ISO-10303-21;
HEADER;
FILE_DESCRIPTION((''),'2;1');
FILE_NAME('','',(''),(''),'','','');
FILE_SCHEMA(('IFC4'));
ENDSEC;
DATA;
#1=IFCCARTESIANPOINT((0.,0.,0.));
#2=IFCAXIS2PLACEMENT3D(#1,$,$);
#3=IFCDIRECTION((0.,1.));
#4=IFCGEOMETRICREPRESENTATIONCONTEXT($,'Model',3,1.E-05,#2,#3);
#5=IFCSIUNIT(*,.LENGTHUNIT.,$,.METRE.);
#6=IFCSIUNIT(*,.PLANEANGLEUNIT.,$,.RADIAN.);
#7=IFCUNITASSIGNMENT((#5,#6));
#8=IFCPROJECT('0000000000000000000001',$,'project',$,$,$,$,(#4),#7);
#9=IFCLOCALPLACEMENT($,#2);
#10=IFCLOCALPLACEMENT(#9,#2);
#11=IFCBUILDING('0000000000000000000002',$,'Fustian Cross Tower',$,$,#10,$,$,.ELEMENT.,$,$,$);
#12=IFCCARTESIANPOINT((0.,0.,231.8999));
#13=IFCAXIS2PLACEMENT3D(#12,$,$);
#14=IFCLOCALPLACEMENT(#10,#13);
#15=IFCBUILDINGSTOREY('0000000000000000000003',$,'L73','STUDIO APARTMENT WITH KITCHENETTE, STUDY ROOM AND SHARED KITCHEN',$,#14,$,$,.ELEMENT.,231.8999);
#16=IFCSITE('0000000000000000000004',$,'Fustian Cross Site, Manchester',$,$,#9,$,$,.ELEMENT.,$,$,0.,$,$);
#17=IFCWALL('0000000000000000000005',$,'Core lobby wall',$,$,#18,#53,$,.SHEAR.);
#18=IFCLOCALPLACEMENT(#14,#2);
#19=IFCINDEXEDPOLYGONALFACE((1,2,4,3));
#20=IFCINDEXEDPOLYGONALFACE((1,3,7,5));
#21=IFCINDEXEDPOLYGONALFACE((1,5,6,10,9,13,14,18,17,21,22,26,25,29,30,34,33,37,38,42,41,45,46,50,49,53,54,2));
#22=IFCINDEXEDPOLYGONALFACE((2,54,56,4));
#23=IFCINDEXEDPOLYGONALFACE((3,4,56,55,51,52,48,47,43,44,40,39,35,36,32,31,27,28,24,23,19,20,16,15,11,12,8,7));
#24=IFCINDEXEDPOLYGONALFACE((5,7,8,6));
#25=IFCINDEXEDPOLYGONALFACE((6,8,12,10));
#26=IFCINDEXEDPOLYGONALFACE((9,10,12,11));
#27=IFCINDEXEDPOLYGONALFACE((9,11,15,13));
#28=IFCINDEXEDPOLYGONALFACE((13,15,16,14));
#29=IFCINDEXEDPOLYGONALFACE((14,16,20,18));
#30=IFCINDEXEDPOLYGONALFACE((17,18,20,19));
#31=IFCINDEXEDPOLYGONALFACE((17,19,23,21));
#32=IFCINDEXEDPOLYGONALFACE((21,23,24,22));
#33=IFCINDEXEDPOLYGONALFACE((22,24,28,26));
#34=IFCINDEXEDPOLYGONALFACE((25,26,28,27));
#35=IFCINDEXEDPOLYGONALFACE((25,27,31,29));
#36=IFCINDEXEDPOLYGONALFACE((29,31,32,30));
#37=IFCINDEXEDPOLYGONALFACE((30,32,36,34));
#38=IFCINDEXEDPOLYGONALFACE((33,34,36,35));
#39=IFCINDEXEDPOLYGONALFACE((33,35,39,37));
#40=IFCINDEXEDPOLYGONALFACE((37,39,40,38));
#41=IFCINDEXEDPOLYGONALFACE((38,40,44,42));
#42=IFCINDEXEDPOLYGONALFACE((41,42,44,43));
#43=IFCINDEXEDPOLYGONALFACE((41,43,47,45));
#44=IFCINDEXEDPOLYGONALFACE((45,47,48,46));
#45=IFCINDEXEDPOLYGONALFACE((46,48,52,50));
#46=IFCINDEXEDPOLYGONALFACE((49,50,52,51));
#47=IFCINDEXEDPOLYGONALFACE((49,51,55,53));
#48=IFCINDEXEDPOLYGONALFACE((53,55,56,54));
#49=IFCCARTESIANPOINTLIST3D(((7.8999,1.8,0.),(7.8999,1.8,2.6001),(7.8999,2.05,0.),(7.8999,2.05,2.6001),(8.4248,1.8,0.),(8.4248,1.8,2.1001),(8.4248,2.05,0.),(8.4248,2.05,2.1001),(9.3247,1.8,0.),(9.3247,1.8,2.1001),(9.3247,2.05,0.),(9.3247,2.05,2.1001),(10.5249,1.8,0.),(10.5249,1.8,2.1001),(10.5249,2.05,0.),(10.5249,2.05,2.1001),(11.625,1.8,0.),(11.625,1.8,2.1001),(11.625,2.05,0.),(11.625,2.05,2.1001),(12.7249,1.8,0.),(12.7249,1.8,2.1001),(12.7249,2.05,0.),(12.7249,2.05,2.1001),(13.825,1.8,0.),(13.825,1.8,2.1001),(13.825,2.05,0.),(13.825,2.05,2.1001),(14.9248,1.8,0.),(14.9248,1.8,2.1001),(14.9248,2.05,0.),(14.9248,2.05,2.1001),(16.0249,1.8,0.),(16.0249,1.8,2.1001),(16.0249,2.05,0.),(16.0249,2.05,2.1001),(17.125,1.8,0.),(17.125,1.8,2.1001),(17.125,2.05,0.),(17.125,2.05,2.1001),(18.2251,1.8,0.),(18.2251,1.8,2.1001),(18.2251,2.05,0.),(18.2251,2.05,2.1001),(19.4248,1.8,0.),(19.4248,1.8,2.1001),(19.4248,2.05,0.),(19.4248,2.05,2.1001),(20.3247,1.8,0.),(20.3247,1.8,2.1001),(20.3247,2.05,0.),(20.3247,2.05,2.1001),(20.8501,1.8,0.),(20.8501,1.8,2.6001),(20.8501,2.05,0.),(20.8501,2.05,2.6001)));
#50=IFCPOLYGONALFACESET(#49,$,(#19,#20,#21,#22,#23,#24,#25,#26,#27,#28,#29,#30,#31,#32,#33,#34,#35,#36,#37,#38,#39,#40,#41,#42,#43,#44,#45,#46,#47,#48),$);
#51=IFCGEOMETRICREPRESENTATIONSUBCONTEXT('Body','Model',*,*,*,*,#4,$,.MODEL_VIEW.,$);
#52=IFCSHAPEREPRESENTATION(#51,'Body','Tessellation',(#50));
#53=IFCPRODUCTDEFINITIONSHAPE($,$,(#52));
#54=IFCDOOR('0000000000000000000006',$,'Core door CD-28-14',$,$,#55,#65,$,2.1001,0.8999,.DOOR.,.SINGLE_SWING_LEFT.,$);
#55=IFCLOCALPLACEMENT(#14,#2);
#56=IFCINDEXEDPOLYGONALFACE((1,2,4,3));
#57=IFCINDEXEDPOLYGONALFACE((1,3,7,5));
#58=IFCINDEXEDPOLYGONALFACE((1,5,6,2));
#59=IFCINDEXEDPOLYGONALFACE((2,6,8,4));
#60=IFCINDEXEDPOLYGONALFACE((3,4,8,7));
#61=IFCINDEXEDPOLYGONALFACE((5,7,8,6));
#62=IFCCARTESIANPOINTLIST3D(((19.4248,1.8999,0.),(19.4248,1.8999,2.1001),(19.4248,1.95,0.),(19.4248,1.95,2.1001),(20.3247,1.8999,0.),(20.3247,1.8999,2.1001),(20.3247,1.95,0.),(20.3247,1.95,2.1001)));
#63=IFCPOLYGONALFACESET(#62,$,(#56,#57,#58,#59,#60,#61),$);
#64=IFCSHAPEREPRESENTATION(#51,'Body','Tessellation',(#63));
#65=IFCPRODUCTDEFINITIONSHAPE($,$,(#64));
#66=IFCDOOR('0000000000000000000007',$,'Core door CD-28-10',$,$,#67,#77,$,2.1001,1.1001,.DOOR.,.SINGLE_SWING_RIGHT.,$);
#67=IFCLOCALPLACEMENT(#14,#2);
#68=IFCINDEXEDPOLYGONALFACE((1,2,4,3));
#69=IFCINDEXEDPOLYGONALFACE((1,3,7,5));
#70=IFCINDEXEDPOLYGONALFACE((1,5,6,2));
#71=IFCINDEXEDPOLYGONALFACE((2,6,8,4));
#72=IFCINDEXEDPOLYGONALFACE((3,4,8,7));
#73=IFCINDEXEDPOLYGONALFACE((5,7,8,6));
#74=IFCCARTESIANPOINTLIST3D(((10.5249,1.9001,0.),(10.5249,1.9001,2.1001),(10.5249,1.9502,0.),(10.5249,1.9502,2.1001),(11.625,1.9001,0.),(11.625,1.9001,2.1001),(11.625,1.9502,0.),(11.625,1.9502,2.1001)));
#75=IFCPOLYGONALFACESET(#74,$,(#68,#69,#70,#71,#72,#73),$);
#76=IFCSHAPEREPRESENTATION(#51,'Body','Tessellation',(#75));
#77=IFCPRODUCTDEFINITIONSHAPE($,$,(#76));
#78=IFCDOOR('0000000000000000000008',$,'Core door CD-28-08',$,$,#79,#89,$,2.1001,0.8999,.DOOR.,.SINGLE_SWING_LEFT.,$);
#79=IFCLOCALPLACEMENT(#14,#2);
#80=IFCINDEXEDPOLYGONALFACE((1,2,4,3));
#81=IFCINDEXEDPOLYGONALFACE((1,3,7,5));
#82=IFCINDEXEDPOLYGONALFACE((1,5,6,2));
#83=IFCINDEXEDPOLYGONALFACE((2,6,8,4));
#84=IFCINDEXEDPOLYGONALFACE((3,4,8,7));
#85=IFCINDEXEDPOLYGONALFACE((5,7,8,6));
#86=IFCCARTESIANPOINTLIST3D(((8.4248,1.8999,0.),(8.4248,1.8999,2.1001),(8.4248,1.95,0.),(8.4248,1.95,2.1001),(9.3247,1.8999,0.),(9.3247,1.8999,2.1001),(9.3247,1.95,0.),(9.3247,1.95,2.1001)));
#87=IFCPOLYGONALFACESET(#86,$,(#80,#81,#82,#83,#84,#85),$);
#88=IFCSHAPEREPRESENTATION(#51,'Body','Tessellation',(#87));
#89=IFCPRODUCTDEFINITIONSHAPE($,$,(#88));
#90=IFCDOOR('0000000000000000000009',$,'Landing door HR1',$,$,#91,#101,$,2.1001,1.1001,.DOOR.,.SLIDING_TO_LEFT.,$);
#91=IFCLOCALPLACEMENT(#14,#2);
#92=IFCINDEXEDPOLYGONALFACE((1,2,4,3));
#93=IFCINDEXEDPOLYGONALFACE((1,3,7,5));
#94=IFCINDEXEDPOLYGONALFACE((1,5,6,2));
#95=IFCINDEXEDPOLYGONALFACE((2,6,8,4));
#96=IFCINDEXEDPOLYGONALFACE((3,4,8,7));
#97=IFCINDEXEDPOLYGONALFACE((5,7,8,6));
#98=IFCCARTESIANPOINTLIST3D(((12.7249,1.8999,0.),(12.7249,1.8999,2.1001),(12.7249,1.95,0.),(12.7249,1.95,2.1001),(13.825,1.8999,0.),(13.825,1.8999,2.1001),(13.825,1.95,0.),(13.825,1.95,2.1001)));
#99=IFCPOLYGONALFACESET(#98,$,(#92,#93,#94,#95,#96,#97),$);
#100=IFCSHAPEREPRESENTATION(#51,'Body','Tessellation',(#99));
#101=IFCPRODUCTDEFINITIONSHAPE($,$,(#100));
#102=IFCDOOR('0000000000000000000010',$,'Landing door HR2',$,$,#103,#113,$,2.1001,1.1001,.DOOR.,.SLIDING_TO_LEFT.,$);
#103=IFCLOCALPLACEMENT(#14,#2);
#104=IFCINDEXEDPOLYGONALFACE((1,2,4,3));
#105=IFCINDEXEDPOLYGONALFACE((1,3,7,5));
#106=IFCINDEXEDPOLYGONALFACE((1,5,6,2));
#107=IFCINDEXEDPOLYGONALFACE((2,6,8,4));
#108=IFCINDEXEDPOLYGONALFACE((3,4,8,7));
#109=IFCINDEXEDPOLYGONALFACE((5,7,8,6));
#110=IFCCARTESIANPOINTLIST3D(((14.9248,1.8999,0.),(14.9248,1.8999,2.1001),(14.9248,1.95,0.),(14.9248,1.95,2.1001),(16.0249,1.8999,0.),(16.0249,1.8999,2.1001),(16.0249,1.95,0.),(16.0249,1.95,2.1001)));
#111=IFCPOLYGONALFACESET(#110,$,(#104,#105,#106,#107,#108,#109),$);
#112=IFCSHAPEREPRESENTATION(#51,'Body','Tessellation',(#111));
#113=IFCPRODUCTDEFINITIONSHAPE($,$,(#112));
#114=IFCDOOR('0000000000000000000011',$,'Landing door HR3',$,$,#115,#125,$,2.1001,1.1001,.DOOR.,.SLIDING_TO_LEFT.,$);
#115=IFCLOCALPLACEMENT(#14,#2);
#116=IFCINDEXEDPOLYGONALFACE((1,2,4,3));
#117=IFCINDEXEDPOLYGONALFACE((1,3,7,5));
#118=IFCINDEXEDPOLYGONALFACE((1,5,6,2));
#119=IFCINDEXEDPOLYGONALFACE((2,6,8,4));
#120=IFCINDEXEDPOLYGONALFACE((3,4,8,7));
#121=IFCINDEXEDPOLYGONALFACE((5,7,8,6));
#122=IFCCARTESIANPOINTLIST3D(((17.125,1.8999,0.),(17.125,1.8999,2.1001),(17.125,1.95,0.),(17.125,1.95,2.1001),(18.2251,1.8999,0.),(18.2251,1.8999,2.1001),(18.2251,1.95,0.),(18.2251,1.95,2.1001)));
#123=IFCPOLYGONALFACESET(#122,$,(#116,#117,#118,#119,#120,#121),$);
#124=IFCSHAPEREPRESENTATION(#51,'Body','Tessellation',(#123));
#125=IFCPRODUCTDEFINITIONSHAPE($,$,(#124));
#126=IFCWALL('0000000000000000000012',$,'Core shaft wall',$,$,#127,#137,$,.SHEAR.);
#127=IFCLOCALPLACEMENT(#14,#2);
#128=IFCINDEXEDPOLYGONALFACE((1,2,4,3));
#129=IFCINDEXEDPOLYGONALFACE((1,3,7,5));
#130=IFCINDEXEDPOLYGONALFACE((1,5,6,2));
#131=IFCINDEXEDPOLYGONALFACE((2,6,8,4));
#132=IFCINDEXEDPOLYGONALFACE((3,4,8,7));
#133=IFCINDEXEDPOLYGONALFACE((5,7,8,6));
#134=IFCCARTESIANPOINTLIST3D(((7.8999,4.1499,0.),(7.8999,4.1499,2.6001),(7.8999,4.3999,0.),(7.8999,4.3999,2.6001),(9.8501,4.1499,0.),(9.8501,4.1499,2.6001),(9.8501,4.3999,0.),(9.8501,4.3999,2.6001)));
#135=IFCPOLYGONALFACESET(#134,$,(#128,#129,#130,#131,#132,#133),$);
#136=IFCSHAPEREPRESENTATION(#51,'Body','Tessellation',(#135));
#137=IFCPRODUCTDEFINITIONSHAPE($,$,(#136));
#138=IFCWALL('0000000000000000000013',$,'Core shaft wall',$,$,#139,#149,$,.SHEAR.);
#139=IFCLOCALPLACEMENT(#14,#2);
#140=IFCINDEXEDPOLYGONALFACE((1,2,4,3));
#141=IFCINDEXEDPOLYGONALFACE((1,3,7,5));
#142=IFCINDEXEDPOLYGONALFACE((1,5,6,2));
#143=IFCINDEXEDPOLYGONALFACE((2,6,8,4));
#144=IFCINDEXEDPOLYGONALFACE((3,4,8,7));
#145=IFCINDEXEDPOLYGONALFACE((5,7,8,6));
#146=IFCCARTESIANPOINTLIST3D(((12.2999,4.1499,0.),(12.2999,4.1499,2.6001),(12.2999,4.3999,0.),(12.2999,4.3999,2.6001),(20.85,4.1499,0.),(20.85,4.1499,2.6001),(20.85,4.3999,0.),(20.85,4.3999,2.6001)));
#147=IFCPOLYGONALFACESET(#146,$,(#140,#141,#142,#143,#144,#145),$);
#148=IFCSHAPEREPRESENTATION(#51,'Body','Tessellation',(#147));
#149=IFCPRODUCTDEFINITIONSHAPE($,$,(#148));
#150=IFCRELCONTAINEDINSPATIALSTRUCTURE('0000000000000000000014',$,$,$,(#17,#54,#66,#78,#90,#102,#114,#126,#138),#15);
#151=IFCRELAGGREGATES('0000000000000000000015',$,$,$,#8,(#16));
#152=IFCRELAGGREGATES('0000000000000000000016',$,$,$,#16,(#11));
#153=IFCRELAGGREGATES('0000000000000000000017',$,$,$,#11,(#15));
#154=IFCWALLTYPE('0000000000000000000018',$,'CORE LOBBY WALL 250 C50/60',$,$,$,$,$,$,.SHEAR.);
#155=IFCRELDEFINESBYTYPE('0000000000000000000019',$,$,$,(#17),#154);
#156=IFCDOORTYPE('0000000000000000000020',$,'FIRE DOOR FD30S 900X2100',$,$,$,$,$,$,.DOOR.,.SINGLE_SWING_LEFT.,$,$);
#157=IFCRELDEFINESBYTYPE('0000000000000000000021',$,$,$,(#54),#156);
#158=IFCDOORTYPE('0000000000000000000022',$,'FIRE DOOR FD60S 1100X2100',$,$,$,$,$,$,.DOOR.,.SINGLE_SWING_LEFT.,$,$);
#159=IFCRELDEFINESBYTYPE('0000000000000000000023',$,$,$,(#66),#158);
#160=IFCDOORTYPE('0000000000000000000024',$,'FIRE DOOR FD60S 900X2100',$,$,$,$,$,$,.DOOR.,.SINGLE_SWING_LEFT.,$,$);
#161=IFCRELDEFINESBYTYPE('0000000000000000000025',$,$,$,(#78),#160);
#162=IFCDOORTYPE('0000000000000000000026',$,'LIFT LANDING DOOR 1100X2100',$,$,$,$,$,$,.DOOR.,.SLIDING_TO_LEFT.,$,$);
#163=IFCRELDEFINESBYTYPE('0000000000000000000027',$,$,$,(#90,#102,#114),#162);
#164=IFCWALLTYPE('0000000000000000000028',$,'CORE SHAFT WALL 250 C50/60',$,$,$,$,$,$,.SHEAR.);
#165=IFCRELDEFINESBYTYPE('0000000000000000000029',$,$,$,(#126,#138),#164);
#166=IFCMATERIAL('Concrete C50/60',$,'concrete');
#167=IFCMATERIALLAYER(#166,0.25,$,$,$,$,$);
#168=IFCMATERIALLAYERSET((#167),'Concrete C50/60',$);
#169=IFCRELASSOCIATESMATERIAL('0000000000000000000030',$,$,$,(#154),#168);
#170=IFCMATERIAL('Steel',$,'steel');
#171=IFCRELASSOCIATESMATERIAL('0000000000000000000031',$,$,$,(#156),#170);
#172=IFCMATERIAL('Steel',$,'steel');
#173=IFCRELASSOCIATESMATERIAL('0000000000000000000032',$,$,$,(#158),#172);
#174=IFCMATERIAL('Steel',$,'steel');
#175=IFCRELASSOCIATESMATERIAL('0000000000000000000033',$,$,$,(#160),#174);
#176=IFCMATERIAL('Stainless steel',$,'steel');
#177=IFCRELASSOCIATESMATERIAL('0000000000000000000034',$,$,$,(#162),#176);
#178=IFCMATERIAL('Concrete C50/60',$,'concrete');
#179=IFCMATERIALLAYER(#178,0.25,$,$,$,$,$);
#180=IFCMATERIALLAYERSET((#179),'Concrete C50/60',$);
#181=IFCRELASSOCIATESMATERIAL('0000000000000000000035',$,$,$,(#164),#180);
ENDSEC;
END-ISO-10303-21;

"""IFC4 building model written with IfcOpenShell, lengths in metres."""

from ifc_helpers import new_model, si_unit, direction, frame, frame_2d, origin, place, context, subcontext, project, spatial, rectangle, extrude, material, layer, layer_set, type_object, element, fill, save


model = new_model("IFC4")

# Units and contexts
model_context = context("Model", 3, precision=1e-05, world=origin(), true_north=direction((0.0, 1.0)))
body_context = subcontext(model_context, "Body", "Model", "MODEL_VIEW")
ifc_project = project(units=[si_unit("LENGTHUNIT", "METRE"), si_unit("PLANEANGLEUNIT", "RADIAN")], contexts=[model_context])

# Site, building, storey
site_placement = place(None, origin())
site = spatial("IfcSite", under=ifc_project, at=site_placement, Name="Fustian Cross Site, Manchester", CompositionType="ELEMENT", RefElevation=0.0)
building_placement = place(site_placement, origin())
building = spatial("IfcBuilding", under=site, at=building_placement, Name="Fustian Cross Tower", CompositionType="ELEMENT")
storey_placement = place(building_placement, frame((0.0, 0.0, 231.8999)))
storey = spatial("IfcBuildingStorey", under=building, at=storey_placement, Name="L73", Description="STUDIO APARTMENT WITH KITCHENETTE, STUDY ROOM AND SHARED KITCHEN", CompositionType="ELEMENT", Elevation=231.8999)

# Wall, openings, doors
ifc_material_1 = material(Name="Concrete C50/60", Category="concrete")
ifc_layer_1 = layer(ifc_material_1, 0.25)
ifc_layer_set_1 = layer_set([ifc_layer_1], Name="Concrete C50/60")
wall_type_1 = type_object("IfcWallType", Name="CORE LOBBY WALL 250 C50/60", PredefinedType="SHEAR", material=ifc_layer_set_1)
wall_1_placement = place(storey_placement, frame((7.8999, 1.925, 0.0), z_axis=(0.0, 0.0, 1.0), x_axis=(1.0, 0.0, 0.0)))
wall_1 = element("IfcWall", 1, at=wall_1_placement, inside=storey, type_object=wall_type_1, Name="Core lobby wall", PredefinedType="SHEAR", context=body_context, shape_type="SweptSolid", body=[
    extrude(rectangle(XDim=12.9502, YDim=0.25, at=frame_2d((6.4751, 0.0))), origin(), (0.0, 0.0, 1.0), 2.6001),
])
opening_1_placement = place(wall_1_placement, frame((4.825, 0.0, 0.0)))
opening_1 = element("IfcOpeningElement", 2, at=opening_1_placement, cuts=wall_1, PredefinedType="OPENING", context=body_context, shape_type="SweptSolid", body=[
    extrude(rectangle(XDim=1.1001, YDim=2.1001, at=frame_2d((0.55, 1.05))), frame((0.0, 0.135, 0.0), z_axis=(0.0, -1.0, 0.0), x_axis=(1.0, 0.0, 0.0)), (0.0, 0.0, 1.0), 0.27),
])
opening_2_placement = place(wall_1_placement, frame((7.0249, 0.0, 0.0)))
opening_2 = element("IfcOpeningElement", 3, at=opening_2_placement, cuts=wall_1, PredefinedType="OPENING", context=body_context, shape_type="SweptSolid", body=[
    extrude(rectangle(XDim=1.1001, YDim=2.1001, at=frame_2d((0.55, 1.05))), frame((0.0, 0.135, 0.0), z_axis=(0.0, -1.0, 0.0), x_axis=(1.0, 0.0, 0.0)), (0.0, 0.0, 1.0), 0.27),
])
opening_3_placement = place(wall_1_placement, frame((9.2251, 0.0, 0.0)))
opening_3 = element("IfcOpeningElement", 4, at=opening_3_placement, cuts=wall_1, PredefinedType="OPENING", context=body_context, shape_type="SweptSolid", body=[
    extrude(rectangle(XDim=1.1001, YDim=2.1001, at=frame_2d((0.55, 1.05))), frame((0.0, 0.135, 0.0), z_axis=(0.0, -1.0, 0.0), x_axis=(1.0, 0.0, 0.0)), (0.0, 0.0, 1.0), 0.27),
])
opening_4_placement = place(wall_1_placement, frame((0.5249, 0.0, 0.0)))
opening_4 = element("IfcOpeningElement", 5, at=opening_4_placement, cuts=wall_1, PredefinedType="OPENING", context=body_context, shape_type="SweptSolid", body=[
    extrude(rectangle(XDim=0.8999, YDim=2.1001, at=frame_2d((0.45, 1.05))), frame((0.0, 0.135, 0.0), z_axis=(0.0, -1.0, 0.0), x_axis=(1.0, 0.0, 0.0)), (0.0, 0.0, 1.0), 0.27),
])
opening_5_placement = place(wall_1_placement, frame((2.625, 0.0, 0.0)))
opening_5 = element("IfcOpeningElement", 6, at=opening_5_placement, cuts=wall_1, PredefinedType="OPENING", context=body_context, shape_type="SweptSolid", body=[
    extrude(rectangle(XDim=1.1001, YDim=2.1001, at=frame_2d((0.55, 1.05))), frame((0.0, 0.135, 0.0), z_axis=(0.0, -1.0, 0.0), x_axis=(1.0, 0.0, 0.0)), (0.0, 0.0, 1.0), 0.27),
])
opening_6_placement = place(wall_1_placement, frame((11.5249, 0.0, 0.0)))
opening_6 = element("IfcOpeningElement", 7, at=opening_6_placement, cuts=wall_1, PredefinedType="OPENING", context=body_context, shape_type="SweptSolid", body=[
    extrude(rectangle(XDim=0.8999, YDim=2.1001, at=frame_2d((0.45, 1.05))), frame((0.0, 0.135, 0.0), z_axis=(0.0, -1.0, 0.0), x_axis=(1.0, 0.0, 0.0)), (0.0, 0.0, 1.0), 0.27),
])
ifc_material_2 = material(Name="Steel", Category="steel")
door_type_1 = type_object("IfcDoorType", Name="FIRE DOOR FD30S 900X2100", OperationType="SINGLE_SWING_LEFT", PredefinedType="DOOR", material=ifc_material_2)
door_1_placement = place(opening_6_placement, origin())
door_1 = element("IfcDoor", 8, at=door_1_placement, inside=storey, type_object=door_type_1, Name="Core door CD-28-14", OperationType="SINGLE_SWING_LEFT", OverallHeight=2.1001, OverallWidth=0.8999, PredefinedType="DOOR", context=body_context, shape_type="SweptSolid", body=[
    extrude(rectangle(XDim=0.8999, YDim=2.1001, at=frame_2d((0.45, 1.05))), frame((0.0, 0.0249, 0.0), z_axis=(0.0, -1.0, 0.0), x_axis=(1.0, 0.0, 0.0)), (0.0, 0.0, 1.0), 0.05),
])
fill(opening_6, door_1)
ifc_material_3 = material(Name="Steel", Category="steel")
door_type_2 = type_object("IfcDoorType", Name="FIRE DOOR FD60S 1100X2100", OperationType="SINGLE_SWING_LEFT", PredefinedType="DOOR", material=ifc_material_3)
door_2_placement = place(opening_5_placement, frame((1.1001, 0.0, 0.0), z_axis=(0.0, 0.0, 1.0), x_axis=(-1.0, 0.0, 0.0)))
door_2 = element("IfcDoor", 9, at=door_2_placement, inside=storey, type_object=door_type_2, Name="Core door CD-28-10", OperationType="SINGLE_SWING_RIGHT", OverallHeight=2.1001, OverallWidth=1.1001, PredefinedType="DOOR", context=body_context, shape_type="SweptSolid", body=[
    extrude(rectangle(XDim=1.1001, YDim=2.1001, at=frame_2d((0.55, 1.05))), frame((0.0, 0.0249, 0.0), z_axis=(0.0, -1.0, 0.0), x_axis=(1.0, 0.0, 0.0)), (0.0, 0.0, 1.0), 0.05),
])
fill(opening_5, door_2)
ifc_material_4 = material(Name="Steel", Category="steel")
door_type_3 = type_object("IfcDoorType", Name="FIRE DOOR FD60S 900X2100", OperationType="SINGLE_SWING_LEFT", PredefinedType="DOOR", material=ifc_material_4)
door_3_placement = place(opening_4_placement, origin())
door_3 = element("IfcDoor", 10, at=door_3_placement, inside=storey, type_object=door_type_3, Name="Core door CD-28-08", OperationType="SINGLE_SWING_LEFT", OverallHeight=2.1001, OverallWidth=0.8999, PredefinedType="DOOR", context=body_context, shape_type="SweptSolid", body=[
    extrude(rectangle(XDim=0.8999, YDim=2.1001, at=frame_2d((0.45, 1.05))), frame((0.0, 0.0249, 0.0), z_axis=(0.0, -1.0, 0.0), x_axis=(1.0, 0.0, 0.0)), (0.0, 0.0, 1.0), 0.05),
])
fill(opening_4, door_3)
ifc_material_5 = material(Name="Stainless steel", Category="steel")
door_type_4 = type_object("IfcDoorType", Name="LIFT LANDING DOOR 1100X2100", OperationType="SLIDING_TO_LEFT", PredefinedType="DOOR", material=ifc_material_5)
door_4_placement = place(opening_1_placement, origin())
door_4 = element("IfcDoor", 11, at=door_4_placement, inside=storey, type_object=door_type_4, Name="Landing door HR1", OperationType="SLIDING_TO_LEFT", OverallHeight=2.1001, OverallWidth=1.1001, PredefinedType="DOOR", context=body_context, shape_type="SweptSolid", body=[
    extrude(rectangle(XDim=1.1001, YDim=2.1001, at=frame_2d((0.55, 1.05))), frame((0.0, 0.0249, 0.0), z_axis=(0.0, -1.0, 0.0), x_axis=(1.0, 0.0, 0.0)), (0.0, 0.0, 1.0), 0.05),
])
fill(opening_1, door_4)
door_5_placement = place(opening_2_placement, origin())
door_5 = element("IfcDoor", 12, at=door_5_placement, inside=storey, type_object=door_type_4, Name="Landing door HR2", OperationType="SLIDING_TO_LEFT", OverallHeight=2.1001, OverallWidth=1.1001, PredefinedType="DOOR", context=body_context, shape_type="SweptSolid", body=[
    extrude(rectangle(XDim=1.1001, YDim=2.1001, at=frame_2d((0.55, 1.05))), frame((0.0, 0.0249, 0.0), z_axis=(0.0, -1.0, 0.0), x_axis=(1.0, 0.0, 0.0)), (0.0, 0.0, 1.0), 0.05),
])
fill(opening_2, door_5)
door_6_placement = place(opening_3_placement, origin())
door_6 = element("IfcDoor", 13, at=door_6_placement, inside=storey, type_object=door_type_4, Name="Landing door HR3", OperationType="SLIDING_TO_LEFT", OverallHeight=2.1001, OverallWidth=1.1001, PredefinedType="DOOR", context=body_context, shape_type="SweptSolid", body=[
    extrude(rectangle(XDim=1.1001, YDim=2.1001, at=frame_2d((0.55, 1.05))), frame((0.0, 0.0249, 0.0), z_axis=(0.0, -1.0, 0.0), x_axis=(1.0, 0.0, 0.0)), (0.0, 0.0, 1.0), 0.05),
])
fill(opening_3, door_6)

# Walls
ifc_material_6 = material(Name="Concrete C50/60", Category="concrete")
ifc_layer_2 = layer(ifc_material_6, 0.25)
ifc_layer_set_2 = layer_set([ifc_layer_2], Name="Concrete C50/60")
wall_type_2 = type_object("IfcWallType", Name="CORE SHAFT WALL 250 C50/60", PredefinedType="SHEAR", material=ifc_layer_set_2)
wall_2_placement = place(storey_placement, frame((7.8999, 4.2749, 0.0), z_axis=(0.0, 0.0, 1.0), x_axis=(1.0, 0.0, 0.0)))
element("IfcWall", 14, at=wall_2_placement, inside=storey, type_object=wall_type_2, Name="Core shaft wall", PredefinedType="SHEAR", context=body_context, shape_type="SweptSolid", body=[
    extrude(rectangle(XDim=1.9502, YDim=0.25, at=frame_2d((0.9751, 0.0))), origin(), (0.0, 0.0, 1.0), 2.6001),
])
wall_3_placement = place(storey_placement, frame((12.3, 4.2749, 0.0), z_axis=(0.0, 0.0, 1.0), x_axis=(1.0, 0.0, 0.0)))
element("IfcWall", 15, at=wall_3_placement, inside=storey, type_object=wall_type_2, Name="Core shaft wall", PredefinedType="SHEAR", context=body_context, shape_type="SweptSolid", body=[
    extrude(rectangle(XDim=8.55, YDim=0.25, at=frame_2d((4.2749, 0.0))), origin(), (0.0, 0.0, 1.0), 2.6001),
])

save(model, "model.ifc")
